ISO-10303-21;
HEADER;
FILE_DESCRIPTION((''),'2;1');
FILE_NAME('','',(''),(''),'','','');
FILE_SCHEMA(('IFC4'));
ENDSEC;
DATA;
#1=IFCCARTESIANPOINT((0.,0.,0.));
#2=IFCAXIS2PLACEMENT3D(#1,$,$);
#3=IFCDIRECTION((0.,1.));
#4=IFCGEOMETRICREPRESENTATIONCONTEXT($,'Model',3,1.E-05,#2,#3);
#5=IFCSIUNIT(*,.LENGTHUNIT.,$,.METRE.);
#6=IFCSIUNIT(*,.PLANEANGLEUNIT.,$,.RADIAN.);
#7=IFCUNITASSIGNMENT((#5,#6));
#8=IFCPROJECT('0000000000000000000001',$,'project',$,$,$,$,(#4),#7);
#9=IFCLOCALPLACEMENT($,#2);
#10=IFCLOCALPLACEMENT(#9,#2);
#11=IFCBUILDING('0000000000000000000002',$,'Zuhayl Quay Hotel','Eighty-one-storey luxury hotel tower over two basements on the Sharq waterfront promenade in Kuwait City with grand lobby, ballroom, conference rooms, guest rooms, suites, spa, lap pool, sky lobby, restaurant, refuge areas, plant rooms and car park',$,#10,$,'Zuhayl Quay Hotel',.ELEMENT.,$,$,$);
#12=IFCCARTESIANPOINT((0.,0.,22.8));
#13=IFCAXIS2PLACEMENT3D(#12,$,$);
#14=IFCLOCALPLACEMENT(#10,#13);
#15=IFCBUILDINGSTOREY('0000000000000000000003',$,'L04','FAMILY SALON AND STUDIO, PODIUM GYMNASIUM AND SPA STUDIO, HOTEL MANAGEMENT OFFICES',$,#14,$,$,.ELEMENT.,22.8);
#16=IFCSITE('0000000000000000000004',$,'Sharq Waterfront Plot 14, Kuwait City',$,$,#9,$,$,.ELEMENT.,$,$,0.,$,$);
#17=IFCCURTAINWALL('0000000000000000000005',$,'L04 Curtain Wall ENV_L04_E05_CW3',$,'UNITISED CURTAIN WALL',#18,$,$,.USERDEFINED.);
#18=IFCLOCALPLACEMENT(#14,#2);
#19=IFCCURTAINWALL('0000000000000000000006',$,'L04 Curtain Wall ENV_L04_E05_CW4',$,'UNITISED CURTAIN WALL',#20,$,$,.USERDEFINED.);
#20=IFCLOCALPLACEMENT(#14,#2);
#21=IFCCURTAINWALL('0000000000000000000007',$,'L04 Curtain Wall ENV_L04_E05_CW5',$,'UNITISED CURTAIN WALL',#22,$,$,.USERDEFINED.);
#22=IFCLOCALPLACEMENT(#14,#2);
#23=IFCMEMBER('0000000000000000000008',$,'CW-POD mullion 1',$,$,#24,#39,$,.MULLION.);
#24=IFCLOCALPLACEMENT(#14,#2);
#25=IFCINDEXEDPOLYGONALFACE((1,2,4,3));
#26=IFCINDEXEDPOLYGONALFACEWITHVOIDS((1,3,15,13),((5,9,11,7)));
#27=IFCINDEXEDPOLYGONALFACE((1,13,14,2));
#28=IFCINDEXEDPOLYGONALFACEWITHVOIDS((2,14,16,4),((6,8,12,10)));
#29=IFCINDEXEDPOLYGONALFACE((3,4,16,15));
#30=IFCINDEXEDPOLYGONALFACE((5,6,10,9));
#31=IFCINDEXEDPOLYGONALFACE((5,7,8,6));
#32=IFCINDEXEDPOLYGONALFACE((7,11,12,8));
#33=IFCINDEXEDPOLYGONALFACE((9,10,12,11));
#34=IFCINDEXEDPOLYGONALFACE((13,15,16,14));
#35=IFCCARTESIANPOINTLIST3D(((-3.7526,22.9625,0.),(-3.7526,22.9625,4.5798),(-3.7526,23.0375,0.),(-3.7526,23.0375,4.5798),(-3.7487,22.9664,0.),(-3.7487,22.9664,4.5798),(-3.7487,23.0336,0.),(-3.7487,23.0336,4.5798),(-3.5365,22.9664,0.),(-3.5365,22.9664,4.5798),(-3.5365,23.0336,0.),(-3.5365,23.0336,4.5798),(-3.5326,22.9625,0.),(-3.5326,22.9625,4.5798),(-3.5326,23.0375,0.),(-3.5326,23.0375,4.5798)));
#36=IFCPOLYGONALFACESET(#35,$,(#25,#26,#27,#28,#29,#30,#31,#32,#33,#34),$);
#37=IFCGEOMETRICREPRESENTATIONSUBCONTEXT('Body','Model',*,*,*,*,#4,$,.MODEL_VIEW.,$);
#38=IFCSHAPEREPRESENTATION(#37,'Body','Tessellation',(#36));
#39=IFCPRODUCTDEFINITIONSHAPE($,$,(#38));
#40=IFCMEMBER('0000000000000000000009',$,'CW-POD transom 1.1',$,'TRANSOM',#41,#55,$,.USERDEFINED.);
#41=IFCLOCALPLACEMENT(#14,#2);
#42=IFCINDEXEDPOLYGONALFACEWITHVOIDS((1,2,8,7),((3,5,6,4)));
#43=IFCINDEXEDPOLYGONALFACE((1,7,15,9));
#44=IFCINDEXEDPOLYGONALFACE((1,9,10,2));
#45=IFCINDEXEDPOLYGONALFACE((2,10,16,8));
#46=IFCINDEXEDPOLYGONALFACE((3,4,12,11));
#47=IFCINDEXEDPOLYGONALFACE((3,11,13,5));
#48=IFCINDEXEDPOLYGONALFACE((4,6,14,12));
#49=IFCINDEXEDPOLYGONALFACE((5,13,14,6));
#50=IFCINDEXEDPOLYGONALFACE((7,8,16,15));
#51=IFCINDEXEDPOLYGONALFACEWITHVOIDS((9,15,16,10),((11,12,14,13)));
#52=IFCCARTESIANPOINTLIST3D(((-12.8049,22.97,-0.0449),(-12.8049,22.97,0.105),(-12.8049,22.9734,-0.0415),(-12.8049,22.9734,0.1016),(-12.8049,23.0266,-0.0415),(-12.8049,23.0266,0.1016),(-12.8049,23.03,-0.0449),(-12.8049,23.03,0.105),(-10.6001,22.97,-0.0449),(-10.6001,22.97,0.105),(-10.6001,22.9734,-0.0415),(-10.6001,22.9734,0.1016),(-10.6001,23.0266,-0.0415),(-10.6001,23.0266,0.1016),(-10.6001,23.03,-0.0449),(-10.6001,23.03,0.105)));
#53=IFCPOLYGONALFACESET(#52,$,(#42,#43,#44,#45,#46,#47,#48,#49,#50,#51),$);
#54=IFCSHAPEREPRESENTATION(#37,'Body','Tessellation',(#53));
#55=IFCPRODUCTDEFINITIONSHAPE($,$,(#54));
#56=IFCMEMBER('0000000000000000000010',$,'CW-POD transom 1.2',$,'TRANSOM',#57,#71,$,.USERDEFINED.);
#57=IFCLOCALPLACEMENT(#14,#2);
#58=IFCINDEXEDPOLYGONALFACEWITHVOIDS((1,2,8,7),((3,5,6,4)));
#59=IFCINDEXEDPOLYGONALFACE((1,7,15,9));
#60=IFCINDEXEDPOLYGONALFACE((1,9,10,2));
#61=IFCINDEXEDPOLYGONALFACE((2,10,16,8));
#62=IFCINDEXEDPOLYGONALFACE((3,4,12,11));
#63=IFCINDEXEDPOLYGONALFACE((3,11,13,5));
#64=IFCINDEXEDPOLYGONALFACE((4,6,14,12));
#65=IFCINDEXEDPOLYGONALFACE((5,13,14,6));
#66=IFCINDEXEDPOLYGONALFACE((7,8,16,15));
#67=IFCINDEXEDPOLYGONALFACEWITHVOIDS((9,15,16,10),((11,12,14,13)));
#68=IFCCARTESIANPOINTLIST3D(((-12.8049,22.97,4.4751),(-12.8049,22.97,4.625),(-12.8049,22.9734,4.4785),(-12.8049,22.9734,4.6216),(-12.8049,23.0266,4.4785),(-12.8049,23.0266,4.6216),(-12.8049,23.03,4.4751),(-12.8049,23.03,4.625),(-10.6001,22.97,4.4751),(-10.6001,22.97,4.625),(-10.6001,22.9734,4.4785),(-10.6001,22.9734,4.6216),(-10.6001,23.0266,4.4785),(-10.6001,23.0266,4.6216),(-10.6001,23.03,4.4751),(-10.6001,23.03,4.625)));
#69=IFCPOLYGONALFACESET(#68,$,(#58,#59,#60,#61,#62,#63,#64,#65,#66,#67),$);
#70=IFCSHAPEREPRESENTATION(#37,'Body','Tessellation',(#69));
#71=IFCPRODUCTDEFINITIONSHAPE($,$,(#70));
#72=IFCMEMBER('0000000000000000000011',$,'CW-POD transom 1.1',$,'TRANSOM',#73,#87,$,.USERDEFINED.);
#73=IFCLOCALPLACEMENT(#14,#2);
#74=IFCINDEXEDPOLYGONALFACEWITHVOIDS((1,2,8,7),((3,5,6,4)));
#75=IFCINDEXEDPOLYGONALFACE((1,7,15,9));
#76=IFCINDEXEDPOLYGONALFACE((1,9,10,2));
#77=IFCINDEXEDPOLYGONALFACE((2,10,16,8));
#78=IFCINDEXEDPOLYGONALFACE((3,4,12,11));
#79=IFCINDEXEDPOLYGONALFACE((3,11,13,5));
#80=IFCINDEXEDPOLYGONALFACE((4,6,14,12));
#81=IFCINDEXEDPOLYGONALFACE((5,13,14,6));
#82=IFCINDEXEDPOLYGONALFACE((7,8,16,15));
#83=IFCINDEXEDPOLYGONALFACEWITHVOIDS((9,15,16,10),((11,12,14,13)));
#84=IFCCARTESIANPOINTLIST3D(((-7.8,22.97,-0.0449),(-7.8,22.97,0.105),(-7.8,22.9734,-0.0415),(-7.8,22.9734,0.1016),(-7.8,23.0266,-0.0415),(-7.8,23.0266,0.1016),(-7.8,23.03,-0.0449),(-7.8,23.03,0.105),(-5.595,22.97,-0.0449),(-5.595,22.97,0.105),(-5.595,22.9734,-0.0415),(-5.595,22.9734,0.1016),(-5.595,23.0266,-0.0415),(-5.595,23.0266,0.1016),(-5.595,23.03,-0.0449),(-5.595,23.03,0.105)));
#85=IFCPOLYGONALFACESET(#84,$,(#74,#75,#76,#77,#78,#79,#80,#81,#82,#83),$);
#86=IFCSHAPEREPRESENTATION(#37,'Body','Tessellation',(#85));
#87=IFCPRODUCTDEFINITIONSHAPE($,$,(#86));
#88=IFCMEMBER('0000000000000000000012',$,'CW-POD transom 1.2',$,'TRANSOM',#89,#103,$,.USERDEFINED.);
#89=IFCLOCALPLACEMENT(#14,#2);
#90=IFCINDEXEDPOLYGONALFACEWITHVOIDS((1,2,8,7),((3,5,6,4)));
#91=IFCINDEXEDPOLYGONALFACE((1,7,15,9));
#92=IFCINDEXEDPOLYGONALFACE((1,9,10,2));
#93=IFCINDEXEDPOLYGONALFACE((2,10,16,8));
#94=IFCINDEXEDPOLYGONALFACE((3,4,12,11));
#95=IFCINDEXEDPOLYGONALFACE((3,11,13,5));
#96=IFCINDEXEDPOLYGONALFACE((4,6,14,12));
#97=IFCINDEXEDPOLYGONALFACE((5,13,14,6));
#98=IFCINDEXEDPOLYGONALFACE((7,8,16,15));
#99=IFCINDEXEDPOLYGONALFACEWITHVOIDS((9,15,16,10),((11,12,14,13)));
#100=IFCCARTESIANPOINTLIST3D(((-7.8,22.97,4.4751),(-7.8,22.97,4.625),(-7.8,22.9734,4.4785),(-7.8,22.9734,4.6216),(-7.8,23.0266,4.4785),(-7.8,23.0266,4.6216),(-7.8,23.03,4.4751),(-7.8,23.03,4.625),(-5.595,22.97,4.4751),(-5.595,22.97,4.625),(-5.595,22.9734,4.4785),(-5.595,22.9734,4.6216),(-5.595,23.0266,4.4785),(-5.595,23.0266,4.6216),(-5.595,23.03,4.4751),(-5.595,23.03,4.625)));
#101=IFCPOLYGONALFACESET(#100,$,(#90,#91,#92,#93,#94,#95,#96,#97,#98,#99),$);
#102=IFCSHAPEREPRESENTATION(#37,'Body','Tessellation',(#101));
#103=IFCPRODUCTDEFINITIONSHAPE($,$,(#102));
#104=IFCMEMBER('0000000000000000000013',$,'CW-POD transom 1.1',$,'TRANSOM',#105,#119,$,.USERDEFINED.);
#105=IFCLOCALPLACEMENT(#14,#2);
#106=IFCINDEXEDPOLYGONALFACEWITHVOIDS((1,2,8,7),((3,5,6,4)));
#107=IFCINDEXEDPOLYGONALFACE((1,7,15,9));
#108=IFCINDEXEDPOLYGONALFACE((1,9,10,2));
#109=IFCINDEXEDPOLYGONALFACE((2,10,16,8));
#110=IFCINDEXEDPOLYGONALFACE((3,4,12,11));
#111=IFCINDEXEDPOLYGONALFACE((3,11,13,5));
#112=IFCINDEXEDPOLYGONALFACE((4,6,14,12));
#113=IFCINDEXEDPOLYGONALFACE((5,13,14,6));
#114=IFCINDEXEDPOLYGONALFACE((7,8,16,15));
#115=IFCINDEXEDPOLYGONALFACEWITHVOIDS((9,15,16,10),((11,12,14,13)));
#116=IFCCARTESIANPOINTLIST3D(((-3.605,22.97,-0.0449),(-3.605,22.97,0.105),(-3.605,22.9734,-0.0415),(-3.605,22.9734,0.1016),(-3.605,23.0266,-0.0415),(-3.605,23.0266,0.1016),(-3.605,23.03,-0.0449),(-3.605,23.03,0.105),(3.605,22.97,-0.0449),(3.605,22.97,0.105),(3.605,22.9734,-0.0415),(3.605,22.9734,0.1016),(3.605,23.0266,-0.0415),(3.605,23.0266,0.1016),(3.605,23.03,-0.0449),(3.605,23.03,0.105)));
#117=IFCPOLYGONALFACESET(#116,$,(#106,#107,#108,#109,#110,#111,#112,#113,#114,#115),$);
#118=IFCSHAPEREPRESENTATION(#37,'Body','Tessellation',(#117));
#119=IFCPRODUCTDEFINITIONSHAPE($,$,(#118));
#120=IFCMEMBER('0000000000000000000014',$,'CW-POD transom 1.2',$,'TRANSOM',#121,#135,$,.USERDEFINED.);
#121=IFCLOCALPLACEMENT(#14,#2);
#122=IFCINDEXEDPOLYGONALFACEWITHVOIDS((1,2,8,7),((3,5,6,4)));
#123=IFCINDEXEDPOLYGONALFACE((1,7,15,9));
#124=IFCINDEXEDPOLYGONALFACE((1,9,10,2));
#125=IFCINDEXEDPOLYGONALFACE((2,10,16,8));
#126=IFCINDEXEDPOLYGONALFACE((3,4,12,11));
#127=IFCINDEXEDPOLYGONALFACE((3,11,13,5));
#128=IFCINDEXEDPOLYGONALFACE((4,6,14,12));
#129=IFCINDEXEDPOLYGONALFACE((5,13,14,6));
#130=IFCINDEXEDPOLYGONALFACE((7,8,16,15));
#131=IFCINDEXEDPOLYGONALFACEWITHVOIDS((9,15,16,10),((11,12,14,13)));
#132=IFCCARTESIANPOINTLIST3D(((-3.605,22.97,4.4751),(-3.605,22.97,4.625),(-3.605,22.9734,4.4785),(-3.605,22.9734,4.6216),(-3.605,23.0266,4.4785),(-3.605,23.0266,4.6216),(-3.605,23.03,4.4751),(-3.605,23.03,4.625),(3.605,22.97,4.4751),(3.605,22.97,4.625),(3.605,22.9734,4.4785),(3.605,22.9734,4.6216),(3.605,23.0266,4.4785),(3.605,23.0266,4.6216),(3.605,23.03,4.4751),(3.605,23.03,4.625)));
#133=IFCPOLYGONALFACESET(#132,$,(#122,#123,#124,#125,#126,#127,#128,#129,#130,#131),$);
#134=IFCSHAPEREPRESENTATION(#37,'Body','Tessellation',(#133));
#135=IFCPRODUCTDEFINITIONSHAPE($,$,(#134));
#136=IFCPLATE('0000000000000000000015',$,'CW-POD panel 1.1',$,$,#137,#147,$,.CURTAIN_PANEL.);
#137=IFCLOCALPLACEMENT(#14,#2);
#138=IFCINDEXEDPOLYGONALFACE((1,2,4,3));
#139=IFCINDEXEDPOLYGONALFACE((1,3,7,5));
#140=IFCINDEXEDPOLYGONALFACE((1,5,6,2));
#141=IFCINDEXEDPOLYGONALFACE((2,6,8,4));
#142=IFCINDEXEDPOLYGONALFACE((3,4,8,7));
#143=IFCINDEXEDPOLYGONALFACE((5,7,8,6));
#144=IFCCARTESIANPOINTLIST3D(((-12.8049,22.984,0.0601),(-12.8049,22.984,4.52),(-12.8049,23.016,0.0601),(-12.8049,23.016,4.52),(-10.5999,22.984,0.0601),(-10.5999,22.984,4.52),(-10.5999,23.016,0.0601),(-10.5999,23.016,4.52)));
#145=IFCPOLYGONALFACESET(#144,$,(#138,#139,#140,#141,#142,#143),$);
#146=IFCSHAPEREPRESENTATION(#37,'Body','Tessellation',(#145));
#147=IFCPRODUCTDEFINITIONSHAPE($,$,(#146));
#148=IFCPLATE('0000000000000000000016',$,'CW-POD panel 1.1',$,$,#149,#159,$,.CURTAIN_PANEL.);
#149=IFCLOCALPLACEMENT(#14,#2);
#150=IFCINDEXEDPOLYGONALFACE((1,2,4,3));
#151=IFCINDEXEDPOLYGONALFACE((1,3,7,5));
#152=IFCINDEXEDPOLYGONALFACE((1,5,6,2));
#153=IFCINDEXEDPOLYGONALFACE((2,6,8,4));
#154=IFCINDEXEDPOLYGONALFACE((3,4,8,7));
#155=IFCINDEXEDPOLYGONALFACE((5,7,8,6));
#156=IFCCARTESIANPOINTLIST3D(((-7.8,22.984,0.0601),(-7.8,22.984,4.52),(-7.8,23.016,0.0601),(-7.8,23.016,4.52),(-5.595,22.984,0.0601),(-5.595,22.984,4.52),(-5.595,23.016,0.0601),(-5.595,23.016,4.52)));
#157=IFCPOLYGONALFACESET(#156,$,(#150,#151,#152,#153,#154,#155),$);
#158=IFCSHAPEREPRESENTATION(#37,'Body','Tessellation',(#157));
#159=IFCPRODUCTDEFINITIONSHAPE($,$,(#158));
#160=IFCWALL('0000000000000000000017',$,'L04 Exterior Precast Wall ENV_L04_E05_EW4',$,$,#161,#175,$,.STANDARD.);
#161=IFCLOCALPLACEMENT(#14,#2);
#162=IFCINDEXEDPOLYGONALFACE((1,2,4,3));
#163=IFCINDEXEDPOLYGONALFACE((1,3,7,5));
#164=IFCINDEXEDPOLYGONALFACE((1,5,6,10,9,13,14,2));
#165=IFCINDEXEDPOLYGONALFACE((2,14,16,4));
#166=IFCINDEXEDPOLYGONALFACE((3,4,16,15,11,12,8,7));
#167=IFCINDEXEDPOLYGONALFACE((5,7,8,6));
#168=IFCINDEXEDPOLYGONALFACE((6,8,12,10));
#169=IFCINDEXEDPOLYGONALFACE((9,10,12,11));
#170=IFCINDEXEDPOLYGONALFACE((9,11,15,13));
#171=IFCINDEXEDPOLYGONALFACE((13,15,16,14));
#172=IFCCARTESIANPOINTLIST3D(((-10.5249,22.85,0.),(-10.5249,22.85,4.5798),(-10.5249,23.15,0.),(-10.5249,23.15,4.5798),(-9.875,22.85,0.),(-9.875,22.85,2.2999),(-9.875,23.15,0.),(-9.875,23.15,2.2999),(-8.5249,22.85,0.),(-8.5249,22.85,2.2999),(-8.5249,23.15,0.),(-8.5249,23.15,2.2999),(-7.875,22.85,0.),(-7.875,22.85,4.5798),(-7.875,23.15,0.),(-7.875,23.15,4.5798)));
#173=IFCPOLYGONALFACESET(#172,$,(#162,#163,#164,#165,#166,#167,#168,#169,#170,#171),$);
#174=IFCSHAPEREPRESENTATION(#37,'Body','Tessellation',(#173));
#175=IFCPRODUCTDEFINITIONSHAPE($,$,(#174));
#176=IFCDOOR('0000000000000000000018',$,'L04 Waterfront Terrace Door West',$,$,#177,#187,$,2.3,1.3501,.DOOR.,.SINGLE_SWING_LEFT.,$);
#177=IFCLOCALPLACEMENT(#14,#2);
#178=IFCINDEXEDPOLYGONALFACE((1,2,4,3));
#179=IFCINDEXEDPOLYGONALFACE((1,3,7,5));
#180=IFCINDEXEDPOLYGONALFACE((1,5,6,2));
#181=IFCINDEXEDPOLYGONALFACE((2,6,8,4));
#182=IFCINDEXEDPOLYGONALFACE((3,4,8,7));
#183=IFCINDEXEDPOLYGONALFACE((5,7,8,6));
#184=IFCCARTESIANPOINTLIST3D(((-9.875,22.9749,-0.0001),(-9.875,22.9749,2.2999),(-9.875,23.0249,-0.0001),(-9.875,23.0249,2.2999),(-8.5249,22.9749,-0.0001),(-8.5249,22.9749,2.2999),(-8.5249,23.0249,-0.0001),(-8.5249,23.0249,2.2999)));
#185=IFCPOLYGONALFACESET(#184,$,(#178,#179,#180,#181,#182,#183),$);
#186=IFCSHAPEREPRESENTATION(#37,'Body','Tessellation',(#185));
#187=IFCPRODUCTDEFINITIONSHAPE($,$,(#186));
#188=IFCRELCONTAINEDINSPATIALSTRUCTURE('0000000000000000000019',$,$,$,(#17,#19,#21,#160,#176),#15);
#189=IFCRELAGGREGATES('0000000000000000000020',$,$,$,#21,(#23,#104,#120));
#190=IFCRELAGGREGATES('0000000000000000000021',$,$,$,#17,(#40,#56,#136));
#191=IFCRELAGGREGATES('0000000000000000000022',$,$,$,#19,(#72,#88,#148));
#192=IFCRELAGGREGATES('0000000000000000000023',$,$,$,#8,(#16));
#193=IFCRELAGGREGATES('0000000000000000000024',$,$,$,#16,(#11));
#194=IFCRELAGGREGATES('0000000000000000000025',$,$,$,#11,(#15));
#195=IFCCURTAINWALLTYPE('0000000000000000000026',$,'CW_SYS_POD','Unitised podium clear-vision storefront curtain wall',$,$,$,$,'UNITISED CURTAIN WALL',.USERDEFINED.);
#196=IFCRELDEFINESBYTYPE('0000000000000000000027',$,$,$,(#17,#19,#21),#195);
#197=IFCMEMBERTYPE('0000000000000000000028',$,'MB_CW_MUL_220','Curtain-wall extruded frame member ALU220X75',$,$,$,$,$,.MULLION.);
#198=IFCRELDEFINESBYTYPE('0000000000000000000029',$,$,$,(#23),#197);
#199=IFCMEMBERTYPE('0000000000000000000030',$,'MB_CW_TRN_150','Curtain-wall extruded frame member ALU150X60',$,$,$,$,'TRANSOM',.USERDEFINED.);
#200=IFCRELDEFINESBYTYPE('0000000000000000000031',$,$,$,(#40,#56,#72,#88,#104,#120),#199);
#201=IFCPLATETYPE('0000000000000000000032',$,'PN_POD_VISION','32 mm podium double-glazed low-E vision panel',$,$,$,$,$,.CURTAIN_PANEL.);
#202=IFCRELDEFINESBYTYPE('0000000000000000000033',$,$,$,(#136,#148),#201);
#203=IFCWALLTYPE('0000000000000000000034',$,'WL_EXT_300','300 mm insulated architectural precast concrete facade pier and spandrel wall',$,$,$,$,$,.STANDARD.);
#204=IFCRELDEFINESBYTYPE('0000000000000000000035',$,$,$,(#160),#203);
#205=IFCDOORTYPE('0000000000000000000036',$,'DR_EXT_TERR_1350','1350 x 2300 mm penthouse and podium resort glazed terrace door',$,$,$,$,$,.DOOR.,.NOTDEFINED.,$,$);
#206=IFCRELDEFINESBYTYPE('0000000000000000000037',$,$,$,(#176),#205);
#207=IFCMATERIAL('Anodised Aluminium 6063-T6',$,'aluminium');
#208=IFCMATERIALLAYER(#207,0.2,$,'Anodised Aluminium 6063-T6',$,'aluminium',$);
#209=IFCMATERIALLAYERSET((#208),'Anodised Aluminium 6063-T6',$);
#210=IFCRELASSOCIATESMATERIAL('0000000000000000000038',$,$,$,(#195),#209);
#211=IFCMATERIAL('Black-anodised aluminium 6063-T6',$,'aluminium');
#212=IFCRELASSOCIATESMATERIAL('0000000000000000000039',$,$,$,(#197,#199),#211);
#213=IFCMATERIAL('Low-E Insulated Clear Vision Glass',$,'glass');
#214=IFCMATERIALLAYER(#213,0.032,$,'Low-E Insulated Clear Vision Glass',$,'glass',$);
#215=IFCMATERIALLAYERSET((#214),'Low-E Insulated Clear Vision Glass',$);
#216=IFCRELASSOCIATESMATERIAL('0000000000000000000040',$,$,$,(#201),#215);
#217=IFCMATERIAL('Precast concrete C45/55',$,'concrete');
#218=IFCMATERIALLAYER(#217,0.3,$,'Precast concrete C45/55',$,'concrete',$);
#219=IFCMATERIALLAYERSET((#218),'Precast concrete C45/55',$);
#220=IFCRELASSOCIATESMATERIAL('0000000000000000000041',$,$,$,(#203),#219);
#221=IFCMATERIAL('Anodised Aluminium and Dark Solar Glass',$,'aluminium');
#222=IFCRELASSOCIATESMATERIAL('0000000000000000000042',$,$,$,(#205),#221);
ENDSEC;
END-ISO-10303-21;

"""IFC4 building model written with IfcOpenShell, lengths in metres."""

from ifc_helpers import new_model, si_unit, direction, frame, frame_2d, origin, origin_2d, place, context, subcontext, project, spatial, rectangle, hollow_rectangle, extrude, material, layer, layer_set, material_profile, profile_set, type_object, element, fill, aggregate, save


model = new_model("IFC4")

# Units and contexts
model_context = context("Model", 3, precision=1e-05, world=origin(), true_north=direction((0.0, 1.0)))
body_context = subcontext(model_context, "Body", "Model", "MODEL_VIEW")
ifc_project = project(units=[si_unit("LENGTHUNIT", "METRE"), si_unit("PLANEANGLEUNIT", "RADIAN")], contexts=[model_context])

# Site, building, storey
site_placement = place(None, origin())
site = spatial("IfcSite", under=ifc_project, at=site_placement, Name="Sharq Waterfront Plot 14, Kuwait City", CompositionType="ELEMENT", RefElevation=0.0)
building_placement = place(site_placement, origin())
building = spatial("IfcBuilding", under=site, at=building_placement, Name="Zuhayl Quay Hotel", Description="Eighty-one-storey luxury hotel tower over two basements on the Sharq waterfront promenade in Kuwait City with grand lobby, ballroom, conference rooms, guest rooms, suites, spa, lap pool, sky lobby, restaurant, refuge areas, plant rooms and car park", LongName="Zuhayl Quay Hotel", CompositionType="ELEMENT")
storey_placement = place(building_placement, frame((0.0, 0.0, 22.8)))
storey = spatial("IfcBuildingStorey", under=building, at=storey_placement, Name="L04", Description="FAMILY SALON AND STUDIO, PODIUM GYMNASIUM AND SPA STUDIO, HOTEL MANAGEMENT OFFICES", CompositionType="ELEMENT", Elevation=22.8)

# Curtain walls
ifc_material_1 = material(Name="Anodised Aluminium 6063-T6", Category="aluminium")
ifc_layer_1 = layer(ifc_material_1, 0.2, Name="Anodised Aluminium 6063-T6", Category="aluminium")
ifc_layer_set_1 = layer_set([ifc_layer_1], Name="Anodised Aluminium 6063-T6")
curtain_wall_type = type_object("IfcCurtainWallType", Name="CW_SYS_POD", Description="Unitised podium clear-vision storefront curtain wall", ElementType="UNITISED CURTAIN WALL", PredefinedType="USERDEFINED", material=ifc_layer_set_1)
curtain_wall_1_placement = place(storey_placement, origin())
curtain_wall_1 = element("IfcCurtainWall", 1, at=curtain_wall_1_placement, inside=storey, type_object=curtain_wall_type, Name="L04 Curtain Wall ENV_L04_E05_CW3", ObjectType="UNITISED CURTAIN WALL", PredefinedType="USERDEFINED")
ifc_material_2 = material(Name="Black-anodised aluminium 6063-T6", Category="aluminium")
ifc_material_profile_1 = material_profile(ifc_material_2, hollow_rectangle(XDim=0.075, YDim=0.22, WallThickness=0.0039, at=origin_2d()), Name="ALU220X75")
ifc_profile_set_1 = profile_set([ifc_material_profile_1], Name="Black-anodised aluminium 6063-T6")
member_type_1 = type_object("IfcMemberType", Name="MB_CW_MUL_220", Description="Curtain-wall extruded frame member ALU220X75", PredefinedType="MULLION", material=ifc_profile_set_1)
curtain_wall_2_placement = place(storey_placement, origin())
curtain_wall_2 = element("IfcCurtainWall", 2, at=curtain_wall_2_placement, inside=storey, type_object=curtain_wall_type, Name="L04 Curtain Wall ENV_L04_E05_CW4", ObjectType="UNITISED CURTAIN WALL", PredefinedType="USERDEFINED")

# Curtain wall, member
curtain_wall_3_placement = place(storey_placement, origin())
curtain_wall_3 = element("IfcCurtainWall", 3, at=curtain_wall_3_placement, inside=storey, type_object=curtain_wall_type, Name="L04 Curtain Wall ENV_L04_E05_CW5", ObjectType="UNITISED CURTAIN WALL", PredefinedType="USERDEFINED")
member_1_placement = place(storey_placement, frame((-3.6426, 23.0, 0.0), z_axis=(0.0, 0.0, 1.0), x_axis=(0.0, 1.0, 0.0)))
member_1 = element("IfcMember", 4, at=member_1_placement, type_object=member_type_1, Name="CW-POD mullion 1", PredefinedType="MULLION", context=body_context, shape_type="SweptSolid", body=[
    extrude(hollow_rectangle(XDim=0.075, YDim=0.22, WallThickness=0.0039, at=origin_2d()), origin(), (0.0, 0.0, 1.0), 4.5798),
])

# Members
ifc_material_profile_2 = material_profile(ifc_material_2, hollow_rectangle(XDim=0.0601, YDim=0.1499, WallThickness=0.0034, at=origin_2d()), Name="ALU150X60")
ifc_profile_set_2 = profile_set([ifc_material_profile_2], Name="Black-anodised aluminium 6063-T6")
member_type_2 = type_object("IfcMemberType", Name="MB_CW_TRN_150", Description="Curtain-wall extruded frame member ALU150X60", ElementType="TRANSOM", PredefinedType="USERDEFINED", material=ifc_profile_set_2)
member_2_placement = place(storey_placement, frame((-12.8049, 23.0, 0.03), z_axis=(1.0, 0.0, 0.0), x_axis=(0.0, 1.0, 0.0)))
member_2 = element("IfcMember", 5, at=member_2_placement, type_object=member_type_2, Name="CW-POD transom 1.1", ObjectType="TRANSOM", PredefinedType="USERDEFINED", context=body_context, shape_type="SweptSolid", body=[
    extrude(hollow_rectangle(XDim=0.0601, YDim=0.1499, WallThickness=0.0034, at=origin_2d()), origin(), (0.0, 0.0, 1.0), 2.2048),
])
member_3_placement = place(storey_placement, frame((-12.8049, 23.0, 4.55), z_axis=(1.0, 0.0, 0.0), x_axis=(0.0, 1.0, 0.0)))
member_3 = element("IfcMember", 6, at=member_3_placement, type_object=member_type_2, Name="CW-POD transom 1.2", ObjectType="TRANSOM", PredefinedType="USERDEFINED", context=body_context, shape_type="SweptSolid", body=[
    extrude(hollow_rectangle(XDim=0.0601, YDim=0.1499, WallThickness=0.0034, at=origin_2d()), origin(), (0.0, 0.0, 1.0), 2.2048),
])
member_4_placement = place(storey_placement, frame((-7.8, 23.0, 0.03), z_axis=(1.0, 0.0, 0.0), x_axis=(0.0, 1.0, 0.0)))
member_4 = element("IfcMember", 7, at=member_4_placement, type_object=member_type_2, Name="CW-POD transom 1.1", ObjectType="TRANSOM", PredefinedType="USERDEFINED", context=body_context, shape_type="SweptSolid", body=[
    extrude(hollow_rectangle(XDim=0.0601, YDim=0.1499, WallThickness=0.0034, at=origin_2d()), origin(), (0.0, 0.0, 1.0), 2.2051),
])
member_5_placement = place(storey_placement, frame((-7.8, 23.0, 4.55), z_axis=(1.0, 0.0, 0.0), x_axis=(0.0, 1.0, 0.0)))
member_5 = element("IfcMember", 8, at=member_5_placement, type_object=member_type_2, Name="CW-POD transom 1.2", ObjectType="TRANSOM", PredefinedType="USERDEFINED", context=body_context, shape_type="SweptSolid", body=[
    extrude(hollow_rectangle(XDim=0.0601, YDim=0.1499, WallThickness=0.0034, at=origin_2d()), origin(), (0.0, 0.0, 1.0), 2.2051),
])
member_6_placement = place(storey_placement, frame((-3.605, 23.0, 0.03), z_axis=(1.0, 0.0, 0.0), x_axis=(0.0, 1.0, 0.0)))
member_6 = element("IfcMember", 9, at=member_6_placement, type_object=member_type_2, Name="CW-POD transom 1.1", ObjectType="TRANSOM", PredefinedType="USERDEFINED", context=body_context, shape_type="SweptSolid", body=[
    extrude(hollow_rectangle(XDim=0.0601, YDim=0.1499, WallThickness=0.0034, at=origin_2d()), origin(), (0.0, 0.0, 1.0), 7.21),
])
member_7_placement = place(storey_placement, frame((-3.605, 23.0, 4.55), z_axis=(1.0, 0.0, 0.0), x_axis=(0.0, 1.0, 0.0)))
member_7 = element("IfcMember", 10, at=member_7_placement, type_object=member_type_2, Name="CW-POD transom 1.2", ObjectType="TRANSOM", PredefinedType="USERDEFINED", context=body_context, shape_type="SweptSolid", body=[
    extrude(hollow_rectangle(XDim=0.0601, YDim=0.1499, WallThickness=0.0034, at=origin_2d()), origin(), (0.0, 0.0, 1.0), 7.21),
])
aggregate(curtain_wall_3, [member_1, member_6, member_7])

# Plates
ifc_material_3 = material(Name="Low-E Insulated Clear Vision Glass", Category="glass")
ifc_layer_2 = layer(ifc_material_3, 0.032, Name="Low-E Insulated Clear Vision Glass", Category="glass")
ifc_layer_set_2 = layer_set([ifc_layer_2], Name="Low-E Insulated Clear Vision Glass")
plate_type = type_object("IfcPlateType", Name="PN_POD_VISION", Description="32 mm podium double-glazed low-E vision panel", PredefinedType="CURTAIN_PANEL", material=ifc_layer_set_2)
plate_1_placement = place(storey_placement, frame((-11.7024, 23.0, 0.0601), z_axis=(0.0, 0.0, 1.0), x_axis=(1.0, 0.0, 0.0)))
plate_1 = element("IfcPlate", 11, at=plate_1_placement, type_object=plate_type, Name="CW-POD panel 1.1", PredefinedType="CURTAIN_PANEL", context=body_context, shape_type="SweptSolid", body=[
    extrude(rectangle(XDim=2.2051, YDim=0.032, at=origin_2d()), origin(), (0.0, 0.0, 1.0), 4.46),
])
aggregate(curtain_wall_1, [member_2, member_3, plate_1])
plate_2_placement = place(storey_placement, frame((-6.6975, 23.0, 0.0601), z_axis=(0.0, 0.0, 1.0), x_axis=(1.0, 0.0, 0.0)))
plate_2 = element("IfcPlate", 12, at=plate_2_placement, type_object=plate_type, Name="CW-POD panel 1.1", PredefinedType="CURTAIN_PANEL", context=body_context, shape_type="SweptSolid", body=[
    extrude(rectangle(XDim=2.2051, YDim=0.032, at=origin_2d()), origin(), (0.0, 0.0, 1.0), 4.46),
])
aggregate(curtain_wall_2, [member_4, member_5, plate_2])

# Wall, opening, door
ifc_material_4 = material(Name="Precast concrete C45/55", Category="concrete")
ifc_layer_3 = layer(ifc_material_4, 0.3, Name="Precast concrete C45/55", Category="concrete")
ifc_layer_set_3 = layer_set([ifc_layer_3], Name="Precast concrete C45/55")
wall_type_1 = type_object("IfcWallType", Name="WL_EXT_300", Description="300 mm insulated architectural precast concrete facade pier and spandrel wall", PredefinedType="STANDARD", material=ifc_layer_set_3)
wall_1_placement = place(storey_placement, frame((-10.5249, 23.0, 0.0), z_axis=(0.0, 0.0, 1.0), x_axis=(1.0, 0.0, 0.0)))
wall_1 = element("IfcWall", 13, at=wall_1_placement, inside=storey, type_object=wall_type_1, Name="L04 Exterior Precast Wall ENV_L04_E05_EW4", PredefinedType="STANDARD", context=body_context, shape_type="SweptSolid", body=[
    extrude(rectangle(XDim=2.6499, YDim=0.3, at=frame_2d((1.325, 0.0))), origin(), (0.0, 0.0, 1.0), 4.5798),
])
opening_placement = place(wall_1_placement, frame((0.6499, 0.0, 0.0)))
opening = element("IfcOpeningElement", 14, at=opening_placement, cuts=wall_1, PredefinedType="OPENING", context=body_context, shape_type="SweptSolid", body=[
    extrude(rectangle(XDim=1.3501, YDim=2.3, at=frame_2d((0.675, 1.1499))), frame((0.0, 0.1599, 0.0), z_axis=(0.0, -1.0, 0.0), x_axis=(1.0, 0.0, 0.0)), (0.0, 0.0, 1.0), 0.3201),
])
ifc_material_5 = material(Name="Anodised Aluminium and Dark Solar Glass", Category="aluminium")
door_type = type_object("IfcDoorType", Name="DR_EXT_TERR_1350", Description="1350 x 2300 mm penthouse and podium resort glazed terrace door", OperationType="NOTDEFINED", PredefinedType="DOOR", material=ifc_material_5)
door_placement = place(opening_placement, origin())
door = element("IfcDoor", 15, at=door_placement, inside=storey, type_object=door_type, Name="L04 Waterfront Terrace Door West", OperationType="SINGLE_SWING_LEFT", OverallHeight=2.3, OverallWidth=1.3501, PredefinedType="DOOR", context=body_context, shape_type="SweptSolid", body=[
    extrude(rectangle(XDim=1.3501, YDim=2.3, at=frame_2d((0.675, 1.1499))), frame((0.0, 0.0249, 0.0), z_axis=(0.0, -1.0, 0.0), x_axis=(1.0, 0.0, 0.0)), (0.0, 0.0, 1.0), 0.05),
])
fill(opening, door)

save(model, "model.ifc")
